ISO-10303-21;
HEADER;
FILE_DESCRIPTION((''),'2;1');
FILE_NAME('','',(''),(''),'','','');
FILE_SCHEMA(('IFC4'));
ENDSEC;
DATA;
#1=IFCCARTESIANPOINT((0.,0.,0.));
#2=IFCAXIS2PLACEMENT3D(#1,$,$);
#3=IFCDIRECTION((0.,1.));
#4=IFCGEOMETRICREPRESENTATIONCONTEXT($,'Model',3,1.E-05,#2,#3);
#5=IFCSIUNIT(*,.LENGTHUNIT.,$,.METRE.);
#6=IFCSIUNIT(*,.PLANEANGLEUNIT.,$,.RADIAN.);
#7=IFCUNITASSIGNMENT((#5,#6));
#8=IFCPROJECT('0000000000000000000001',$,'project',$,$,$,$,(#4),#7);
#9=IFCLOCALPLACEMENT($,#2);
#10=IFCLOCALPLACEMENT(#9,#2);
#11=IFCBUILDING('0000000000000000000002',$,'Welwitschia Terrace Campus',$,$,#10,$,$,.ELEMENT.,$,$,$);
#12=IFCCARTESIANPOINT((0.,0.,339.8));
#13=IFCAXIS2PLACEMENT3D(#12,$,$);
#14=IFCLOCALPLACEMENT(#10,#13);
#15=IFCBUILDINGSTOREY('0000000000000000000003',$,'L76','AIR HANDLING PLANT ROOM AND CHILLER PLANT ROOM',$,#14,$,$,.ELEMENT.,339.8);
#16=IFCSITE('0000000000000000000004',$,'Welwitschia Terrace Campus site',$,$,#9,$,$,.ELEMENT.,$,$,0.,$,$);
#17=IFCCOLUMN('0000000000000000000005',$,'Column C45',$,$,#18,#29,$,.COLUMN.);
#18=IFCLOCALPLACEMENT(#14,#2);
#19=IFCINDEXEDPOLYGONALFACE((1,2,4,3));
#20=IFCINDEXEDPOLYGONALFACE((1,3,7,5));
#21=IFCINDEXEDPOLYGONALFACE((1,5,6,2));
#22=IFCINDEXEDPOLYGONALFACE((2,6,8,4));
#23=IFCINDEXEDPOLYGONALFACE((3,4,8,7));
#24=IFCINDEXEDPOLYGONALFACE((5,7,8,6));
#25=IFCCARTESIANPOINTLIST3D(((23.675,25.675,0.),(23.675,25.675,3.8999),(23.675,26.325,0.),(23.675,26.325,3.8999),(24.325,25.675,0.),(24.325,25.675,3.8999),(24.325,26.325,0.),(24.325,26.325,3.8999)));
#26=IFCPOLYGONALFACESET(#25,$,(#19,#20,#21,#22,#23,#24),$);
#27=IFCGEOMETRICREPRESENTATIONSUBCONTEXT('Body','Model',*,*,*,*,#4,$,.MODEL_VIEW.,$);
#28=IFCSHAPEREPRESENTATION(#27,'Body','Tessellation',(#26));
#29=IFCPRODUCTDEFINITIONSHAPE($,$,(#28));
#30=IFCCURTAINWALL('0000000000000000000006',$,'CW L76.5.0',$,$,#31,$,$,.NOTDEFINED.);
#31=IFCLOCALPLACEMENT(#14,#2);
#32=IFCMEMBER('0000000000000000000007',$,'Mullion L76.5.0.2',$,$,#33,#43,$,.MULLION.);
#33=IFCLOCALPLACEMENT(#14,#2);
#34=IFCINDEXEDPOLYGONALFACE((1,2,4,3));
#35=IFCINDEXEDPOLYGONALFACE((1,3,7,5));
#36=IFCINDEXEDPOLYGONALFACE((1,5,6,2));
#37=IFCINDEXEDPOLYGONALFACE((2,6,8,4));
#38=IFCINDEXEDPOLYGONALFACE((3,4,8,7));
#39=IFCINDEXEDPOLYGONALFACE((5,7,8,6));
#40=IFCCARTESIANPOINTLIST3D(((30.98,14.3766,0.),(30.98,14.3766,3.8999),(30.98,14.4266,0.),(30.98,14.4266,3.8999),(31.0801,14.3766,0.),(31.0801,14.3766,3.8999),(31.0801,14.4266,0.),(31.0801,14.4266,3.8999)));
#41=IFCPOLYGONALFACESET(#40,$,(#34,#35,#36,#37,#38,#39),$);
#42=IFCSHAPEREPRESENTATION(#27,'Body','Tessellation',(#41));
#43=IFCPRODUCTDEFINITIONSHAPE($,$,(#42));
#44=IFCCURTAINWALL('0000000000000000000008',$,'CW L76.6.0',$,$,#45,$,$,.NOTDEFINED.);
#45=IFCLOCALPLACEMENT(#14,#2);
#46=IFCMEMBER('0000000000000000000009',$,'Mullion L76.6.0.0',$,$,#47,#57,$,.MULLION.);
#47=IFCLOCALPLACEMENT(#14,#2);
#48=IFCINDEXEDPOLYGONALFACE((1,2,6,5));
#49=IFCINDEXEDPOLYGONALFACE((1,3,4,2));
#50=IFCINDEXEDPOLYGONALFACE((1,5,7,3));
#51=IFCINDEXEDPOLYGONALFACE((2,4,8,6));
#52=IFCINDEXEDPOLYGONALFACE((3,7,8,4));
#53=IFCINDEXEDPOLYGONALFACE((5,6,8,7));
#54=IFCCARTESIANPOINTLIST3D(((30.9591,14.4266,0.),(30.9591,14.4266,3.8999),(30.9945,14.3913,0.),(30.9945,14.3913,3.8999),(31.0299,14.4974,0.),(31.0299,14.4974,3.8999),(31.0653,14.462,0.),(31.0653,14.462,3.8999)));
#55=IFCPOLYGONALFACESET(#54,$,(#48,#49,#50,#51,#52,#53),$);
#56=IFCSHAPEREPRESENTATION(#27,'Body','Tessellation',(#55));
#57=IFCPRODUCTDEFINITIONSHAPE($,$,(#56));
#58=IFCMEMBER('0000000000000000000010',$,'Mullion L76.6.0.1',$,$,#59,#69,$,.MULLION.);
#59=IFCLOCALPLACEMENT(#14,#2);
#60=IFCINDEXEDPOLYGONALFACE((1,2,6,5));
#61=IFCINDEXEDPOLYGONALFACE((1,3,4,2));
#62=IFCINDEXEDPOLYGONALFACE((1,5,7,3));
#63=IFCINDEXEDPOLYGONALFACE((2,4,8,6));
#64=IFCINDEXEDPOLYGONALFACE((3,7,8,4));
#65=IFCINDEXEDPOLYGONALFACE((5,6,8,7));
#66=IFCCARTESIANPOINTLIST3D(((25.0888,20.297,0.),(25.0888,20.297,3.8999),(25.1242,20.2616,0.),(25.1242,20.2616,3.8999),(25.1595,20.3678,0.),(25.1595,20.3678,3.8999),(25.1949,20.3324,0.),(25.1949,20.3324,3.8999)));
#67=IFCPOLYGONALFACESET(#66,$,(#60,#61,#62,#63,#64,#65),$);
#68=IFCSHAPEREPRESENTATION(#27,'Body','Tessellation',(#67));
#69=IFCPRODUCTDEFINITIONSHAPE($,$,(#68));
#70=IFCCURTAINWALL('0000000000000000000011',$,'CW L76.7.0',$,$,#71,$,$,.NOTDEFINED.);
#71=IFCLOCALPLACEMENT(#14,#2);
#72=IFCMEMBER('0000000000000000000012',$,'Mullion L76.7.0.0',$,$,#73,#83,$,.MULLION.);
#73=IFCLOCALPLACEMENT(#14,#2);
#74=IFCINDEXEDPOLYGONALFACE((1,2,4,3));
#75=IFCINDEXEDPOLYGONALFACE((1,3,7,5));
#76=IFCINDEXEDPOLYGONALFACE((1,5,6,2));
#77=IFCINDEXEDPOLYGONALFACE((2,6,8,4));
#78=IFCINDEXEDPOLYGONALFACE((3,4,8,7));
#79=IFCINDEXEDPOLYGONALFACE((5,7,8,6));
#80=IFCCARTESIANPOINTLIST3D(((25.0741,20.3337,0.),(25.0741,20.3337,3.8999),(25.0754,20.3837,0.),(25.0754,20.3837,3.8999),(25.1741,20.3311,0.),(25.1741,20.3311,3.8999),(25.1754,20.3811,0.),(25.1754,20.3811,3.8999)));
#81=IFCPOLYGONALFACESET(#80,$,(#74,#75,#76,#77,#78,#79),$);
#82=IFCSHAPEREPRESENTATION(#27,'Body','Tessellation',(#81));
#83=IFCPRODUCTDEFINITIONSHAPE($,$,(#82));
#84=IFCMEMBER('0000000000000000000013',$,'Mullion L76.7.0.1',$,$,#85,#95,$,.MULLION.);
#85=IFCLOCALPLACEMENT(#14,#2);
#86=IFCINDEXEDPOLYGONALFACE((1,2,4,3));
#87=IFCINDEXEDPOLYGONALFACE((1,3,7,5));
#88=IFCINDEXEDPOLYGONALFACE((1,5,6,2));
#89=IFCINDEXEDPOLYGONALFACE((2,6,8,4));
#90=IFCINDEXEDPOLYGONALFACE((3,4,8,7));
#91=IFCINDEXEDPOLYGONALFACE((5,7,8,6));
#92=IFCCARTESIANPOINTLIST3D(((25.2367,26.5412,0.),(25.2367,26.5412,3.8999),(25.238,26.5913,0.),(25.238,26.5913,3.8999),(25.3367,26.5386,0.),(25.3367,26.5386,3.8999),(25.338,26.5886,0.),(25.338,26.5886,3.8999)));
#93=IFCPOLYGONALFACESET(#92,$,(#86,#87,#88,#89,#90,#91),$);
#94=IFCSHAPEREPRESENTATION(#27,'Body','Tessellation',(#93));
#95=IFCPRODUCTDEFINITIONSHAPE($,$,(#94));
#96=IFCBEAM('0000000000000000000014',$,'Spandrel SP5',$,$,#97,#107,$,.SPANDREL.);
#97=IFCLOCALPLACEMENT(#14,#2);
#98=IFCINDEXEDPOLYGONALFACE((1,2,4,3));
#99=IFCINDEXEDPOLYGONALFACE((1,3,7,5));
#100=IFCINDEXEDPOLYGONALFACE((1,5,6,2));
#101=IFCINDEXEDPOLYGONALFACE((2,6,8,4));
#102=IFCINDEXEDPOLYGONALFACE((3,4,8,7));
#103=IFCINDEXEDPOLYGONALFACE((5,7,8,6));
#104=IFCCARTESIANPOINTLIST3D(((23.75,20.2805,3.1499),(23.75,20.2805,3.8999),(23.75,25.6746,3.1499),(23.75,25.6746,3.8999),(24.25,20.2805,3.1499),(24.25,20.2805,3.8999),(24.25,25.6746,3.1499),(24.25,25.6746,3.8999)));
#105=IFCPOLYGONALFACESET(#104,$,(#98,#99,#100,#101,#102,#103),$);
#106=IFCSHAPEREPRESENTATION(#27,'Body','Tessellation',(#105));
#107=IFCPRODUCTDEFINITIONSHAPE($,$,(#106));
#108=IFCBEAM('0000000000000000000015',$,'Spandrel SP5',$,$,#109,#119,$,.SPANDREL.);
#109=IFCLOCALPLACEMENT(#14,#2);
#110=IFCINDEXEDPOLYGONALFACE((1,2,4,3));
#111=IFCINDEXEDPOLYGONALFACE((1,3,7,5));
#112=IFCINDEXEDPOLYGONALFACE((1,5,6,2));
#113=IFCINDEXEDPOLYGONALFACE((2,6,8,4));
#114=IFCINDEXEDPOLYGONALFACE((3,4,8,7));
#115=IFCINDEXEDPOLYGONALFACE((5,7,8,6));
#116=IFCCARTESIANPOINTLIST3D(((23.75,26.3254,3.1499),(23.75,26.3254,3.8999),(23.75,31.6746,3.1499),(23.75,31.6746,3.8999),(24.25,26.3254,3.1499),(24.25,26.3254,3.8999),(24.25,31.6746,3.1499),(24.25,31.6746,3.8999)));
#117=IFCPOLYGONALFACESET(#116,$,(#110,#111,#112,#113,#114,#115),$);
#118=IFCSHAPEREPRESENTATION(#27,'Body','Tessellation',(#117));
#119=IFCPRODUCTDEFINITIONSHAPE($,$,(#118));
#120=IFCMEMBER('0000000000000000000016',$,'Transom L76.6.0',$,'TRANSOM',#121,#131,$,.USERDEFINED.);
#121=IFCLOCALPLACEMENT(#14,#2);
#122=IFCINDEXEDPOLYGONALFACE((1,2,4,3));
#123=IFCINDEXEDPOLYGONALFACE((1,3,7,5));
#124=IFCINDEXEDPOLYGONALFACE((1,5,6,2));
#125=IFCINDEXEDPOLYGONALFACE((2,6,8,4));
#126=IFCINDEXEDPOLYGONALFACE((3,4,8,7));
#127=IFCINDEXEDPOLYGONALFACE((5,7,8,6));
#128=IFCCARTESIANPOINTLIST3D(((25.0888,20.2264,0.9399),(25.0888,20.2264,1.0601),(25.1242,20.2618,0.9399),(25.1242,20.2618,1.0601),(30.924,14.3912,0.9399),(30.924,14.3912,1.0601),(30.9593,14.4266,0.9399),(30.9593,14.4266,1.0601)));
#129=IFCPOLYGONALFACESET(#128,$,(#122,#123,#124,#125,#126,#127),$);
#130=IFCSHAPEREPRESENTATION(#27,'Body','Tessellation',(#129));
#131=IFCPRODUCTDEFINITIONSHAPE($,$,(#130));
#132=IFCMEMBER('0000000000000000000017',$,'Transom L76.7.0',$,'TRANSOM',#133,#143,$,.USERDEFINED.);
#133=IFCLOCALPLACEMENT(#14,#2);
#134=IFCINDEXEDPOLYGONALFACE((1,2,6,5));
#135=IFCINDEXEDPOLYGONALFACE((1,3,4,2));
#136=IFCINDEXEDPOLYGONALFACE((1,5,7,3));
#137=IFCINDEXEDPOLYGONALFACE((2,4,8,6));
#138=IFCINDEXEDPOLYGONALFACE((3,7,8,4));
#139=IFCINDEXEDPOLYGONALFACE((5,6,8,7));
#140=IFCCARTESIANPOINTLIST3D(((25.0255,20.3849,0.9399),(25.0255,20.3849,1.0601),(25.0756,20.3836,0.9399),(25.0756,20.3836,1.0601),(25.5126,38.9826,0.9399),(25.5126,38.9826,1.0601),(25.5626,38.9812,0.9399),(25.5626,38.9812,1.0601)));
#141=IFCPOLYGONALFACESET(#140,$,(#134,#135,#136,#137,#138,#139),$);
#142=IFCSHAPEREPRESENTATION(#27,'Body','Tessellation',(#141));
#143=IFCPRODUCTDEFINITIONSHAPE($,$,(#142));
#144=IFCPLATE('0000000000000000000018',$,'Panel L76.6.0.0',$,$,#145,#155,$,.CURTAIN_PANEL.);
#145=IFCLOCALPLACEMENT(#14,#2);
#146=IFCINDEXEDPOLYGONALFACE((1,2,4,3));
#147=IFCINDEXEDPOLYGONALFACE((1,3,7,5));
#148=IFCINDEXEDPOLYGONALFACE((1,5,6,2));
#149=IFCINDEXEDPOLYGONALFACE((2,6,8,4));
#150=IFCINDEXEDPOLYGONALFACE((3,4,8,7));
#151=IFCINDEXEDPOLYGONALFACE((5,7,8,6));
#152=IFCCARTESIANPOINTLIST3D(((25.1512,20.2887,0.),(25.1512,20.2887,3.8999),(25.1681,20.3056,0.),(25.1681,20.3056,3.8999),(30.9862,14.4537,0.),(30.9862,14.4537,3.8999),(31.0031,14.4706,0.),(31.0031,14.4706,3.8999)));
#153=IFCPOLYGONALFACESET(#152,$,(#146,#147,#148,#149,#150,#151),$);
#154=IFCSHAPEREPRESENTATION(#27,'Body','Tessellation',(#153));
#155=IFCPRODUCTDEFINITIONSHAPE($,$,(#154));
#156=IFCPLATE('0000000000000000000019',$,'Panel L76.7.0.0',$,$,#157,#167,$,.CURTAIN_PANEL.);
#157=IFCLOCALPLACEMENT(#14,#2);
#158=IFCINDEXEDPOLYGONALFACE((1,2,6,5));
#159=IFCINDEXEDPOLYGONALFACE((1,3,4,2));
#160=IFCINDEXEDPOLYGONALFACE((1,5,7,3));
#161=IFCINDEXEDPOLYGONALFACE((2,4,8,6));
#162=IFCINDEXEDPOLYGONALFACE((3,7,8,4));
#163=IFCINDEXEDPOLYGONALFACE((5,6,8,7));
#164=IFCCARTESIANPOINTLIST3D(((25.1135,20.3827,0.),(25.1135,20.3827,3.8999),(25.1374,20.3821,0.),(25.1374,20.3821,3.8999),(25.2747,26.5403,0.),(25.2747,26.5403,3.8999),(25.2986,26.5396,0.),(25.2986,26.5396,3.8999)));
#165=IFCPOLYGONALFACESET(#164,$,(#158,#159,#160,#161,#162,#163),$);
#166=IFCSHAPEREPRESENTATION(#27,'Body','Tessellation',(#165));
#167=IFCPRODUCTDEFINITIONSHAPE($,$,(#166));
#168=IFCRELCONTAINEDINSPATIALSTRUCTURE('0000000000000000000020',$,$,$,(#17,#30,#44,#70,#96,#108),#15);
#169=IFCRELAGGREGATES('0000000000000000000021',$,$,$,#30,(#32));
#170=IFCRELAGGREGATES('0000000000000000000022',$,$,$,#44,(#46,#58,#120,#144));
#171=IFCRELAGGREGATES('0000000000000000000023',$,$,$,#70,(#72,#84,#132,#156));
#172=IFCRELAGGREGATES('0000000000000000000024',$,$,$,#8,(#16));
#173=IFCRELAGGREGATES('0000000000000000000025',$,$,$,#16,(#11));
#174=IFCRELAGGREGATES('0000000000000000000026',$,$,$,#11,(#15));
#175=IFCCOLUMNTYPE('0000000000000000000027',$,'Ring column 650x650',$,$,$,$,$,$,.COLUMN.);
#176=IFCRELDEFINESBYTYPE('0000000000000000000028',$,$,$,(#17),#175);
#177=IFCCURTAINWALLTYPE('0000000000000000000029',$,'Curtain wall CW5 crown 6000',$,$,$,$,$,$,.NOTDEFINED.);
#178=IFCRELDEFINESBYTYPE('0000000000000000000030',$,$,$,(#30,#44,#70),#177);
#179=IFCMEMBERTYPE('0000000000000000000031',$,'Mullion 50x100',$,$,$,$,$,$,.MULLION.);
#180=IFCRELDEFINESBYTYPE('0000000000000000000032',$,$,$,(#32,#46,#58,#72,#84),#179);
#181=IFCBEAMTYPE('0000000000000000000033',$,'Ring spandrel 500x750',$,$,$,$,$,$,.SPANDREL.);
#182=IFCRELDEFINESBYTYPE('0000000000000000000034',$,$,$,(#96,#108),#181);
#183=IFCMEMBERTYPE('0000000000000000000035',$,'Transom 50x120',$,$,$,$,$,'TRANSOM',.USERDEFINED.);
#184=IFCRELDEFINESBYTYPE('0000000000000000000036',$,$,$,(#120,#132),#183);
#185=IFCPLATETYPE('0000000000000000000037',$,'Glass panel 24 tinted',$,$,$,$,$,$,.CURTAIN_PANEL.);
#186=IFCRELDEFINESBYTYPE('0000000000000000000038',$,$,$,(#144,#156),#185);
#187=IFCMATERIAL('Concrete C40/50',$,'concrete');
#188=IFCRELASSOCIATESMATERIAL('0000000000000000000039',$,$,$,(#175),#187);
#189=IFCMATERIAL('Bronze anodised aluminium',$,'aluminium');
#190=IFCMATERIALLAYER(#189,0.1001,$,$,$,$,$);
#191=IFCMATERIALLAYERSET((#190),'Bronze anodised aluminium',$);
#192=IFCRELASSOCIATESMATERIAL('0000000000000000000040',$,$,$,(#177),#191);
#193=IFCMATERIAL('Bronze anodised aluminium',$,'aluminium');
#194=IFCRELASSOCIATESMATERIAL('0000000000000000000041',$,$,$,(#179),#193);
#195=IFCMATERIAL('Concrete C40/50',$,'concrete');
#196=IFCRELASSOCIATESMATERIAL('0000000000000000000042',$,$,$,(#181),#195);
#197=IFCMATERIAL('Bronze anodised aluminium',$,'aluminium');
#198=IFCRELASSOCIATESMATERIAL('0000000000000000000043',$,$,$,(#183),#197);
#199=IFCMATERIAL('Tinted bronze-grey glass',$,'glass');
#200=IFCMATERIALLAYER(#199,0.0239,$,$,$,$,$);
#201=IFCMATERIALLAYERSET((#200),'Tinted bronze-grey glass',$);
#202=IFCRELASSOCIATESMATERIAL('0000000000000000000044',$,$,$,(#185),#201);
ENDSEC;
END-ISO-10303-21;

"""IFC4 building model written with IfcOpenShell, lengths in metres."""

from ifc_helpers import new_model, si_unit, direction, frame, origin, origin_2d, place, context, subcontext, project, spatial, rectangle, extrude, material, layer, layer_set, material_profile, profile_set, type_object, element, aggregate, save


model = new_model("IFC4")

# Units and contexts
model_context = context("Model", 3, precision=1e-05, world=origin(), true_north=direction((0.0, 1.0)))
body_context = subcontext(model_context, "Body", "Model", "MODEL_VIEW")
ifc_project = project(units=[si_unit("LENGTHUNIT", "METRE"), si_unit("PLANEANGLEUNIT", "RADIAN")], contexts=[model_context])

# Site, building, storey
site_placement = place(None, origin())
site = spatial("IfcSite", under=ifc_project, at=site_placement, Name="Welwitschia Terrace Campus site", CompositionType="ELEMENT", RefElevation=0.0)
building_placement = place(site_placement, origin())
building = spatial("IfcBuilding", under=site, at=building_placement, Name="Welwitschia Terrace Campus", CompositionType="ELEMENT")
storey_placement = place(building_placement, frame((0.0, 0.0, 339.8)))
storey = spatial("IfcBuildingStorey", under=building, at=storey_placement, Name="L76", Description="AIR HANDLING PLANT ROOM AND CHILLER PLANT ROOM", CompositionType="ELEMENT", Elevation=339.8)

# Column
ifc_material_1 = material(Name="Concrete C40/50", Category="concrete")
ifc_material_profile_1 = material_profile(ifc_material_1, rectangle(XDim=0.6499, YDim=0.6499, at=origin_2d()))
ifc_profile_set_1 = profile_set([ifc_material_profile_1], Name="Concrete C40/50")
column_type = type_object("IfcColumnType", Name="Ring column 650x650", PredefinedType="COLUMN", material=ifc_profile_set_1)
column_placement = place(storey_placement, frame((24.0, 26.0, 0.0), z_axis=(0.0, 0.0, 1.0), x_axis=(1.0, 0.0, 0.0)))
element("IfcColumn", 1, at=column_placement, inside=storey, type_object=column_type, Name="Column C45", PredefinedType="COLUMN", context=body_context, shape_type="SweptSolid", body=[
    extrude(rectangle(XDim=0.6499, YDim=0.6499, at=origin_2d()), origin(), (0.0, 0.0, 1.0), 3.8999),
])

# Curtain wall, member
ifc_material_2 = material(Name="Bronze anodised aluminium", Category="aluminium")
ifc_layer_1 = layer(ifc_material_2, 0.1001)
ifc_layer_set_1 = layer_set([ifc_layer_1], Name="Bronze anodised aluminium")
curtain_wall_type = type_object("IfcCurtainWallType", Name="Curtain wall CW5 crown 6000", PredefinedType="NOTDEFINED", material=ifc_layer_set_1)
curtain_wall_1_placement = place(storey_placement, origin())
curtain_wall_1 = element("IfcCurtainWall", 2, at=curtain_wall_1_placement, inside=storey, type_object=curtain_wall_type, Name="CW L76.5.0", PredefinedType="NOTDEFINED")
ifc_material_3 = material(Name="Bronze anodised aluminium", Category="aluminium")
ifc_material_profile_2 = material_profile(ifc_material_3, rectangle(XDim=0.1001, YDim=0.05, at=origin_2d()))
ifc_profile_set_2 = profile_set([ifc_material_profile_2], Name="Bronze anodised aluminium")
member_type_1 = type_object("IfcMemberType", Name="Mullion 50x100", PredefinedType="MULLION", material=ifc_profile_set_2)
member_1_placement = place(storey_placement, frame((31.03, 14.4016, 0.0), z_axis=(0.0, 0.0, 1.0), x_axis=(-1.0, 0.0, 0.0)))
member_1 = element("IfcMember", 3, at=member_1_placement, type_object=member_type_1, Name="Mullion L76.5.0.2", PredefinedType="MULLION", context=body_context, shape_type="SweptSolid", body=[
    extrude(rectangle(XDim=0.1001, YDim=0.05, at=origin_2d()), origin(), (0.0, 0.0, 1.0), 3.8999),
])
aggregate(curtain_wall_1, [member_1])

# Curtain walls, members
curtain_wall_2_placement = place(storey_placement, origin())
curtain_wall_2 = element("IfcCurtainWall", 4, at=curtain_wall_2_placement, inside=storey, type_object=curtain_wall_type, Name="CW L76.6.0", PredefinedType="NOTDEFINED")
member_2_placement = place(storey_placement, frame((31.0122, 14.4443, 0.0), z_axis=(0.0, 0.0, 1.0), x_axis=(-0.707107, -0.707107, 0.0)))
member_2 = element("IfcMember", 5, at=member_2_placement, type_object=member_type_1, Name="Mullion L76.6.0.0", PredefinedType="MULLION", context=body_context, shape_type="SweptSolid", body=[
    extrude(rectangle(XDim=0.1001, YDim=0.05, at=origin_2d()), origin(), (0.0, 0.0, 1.0), 3.8999),
])
member_3_placement = place(storey_placement, frame((25.1418, 20.3147, 0.0), z_axis=(0.0, 0.0, 1.0), x_axis=(-0.707107, -0.707107, 0.0)))
member_3 = element("IfcMember", 6, at=member_3_placement, type_object=member_type_1, Name="Mullion L76.6.0.1", PredefinedType="MULLION", context=body_context, shape_type="SweptSolid", body=[
    extrude(rectangle(XDim=0.1001, YDim=0.05, at=origin_2d()), origin(), (0.0, 0.0, 1.0), 3.8999),
])
curtain_wall_3_placement = place(storey_placement, origin())
curtain_wall_3 = element("IfcCurtainWall", 7, at=curtain_wall_3_placement, inside=storey, type_object=curtain_wall_type, Name="CW L76.7.0", PredefinedType="NOTDEFINED")
member_4_placement = place(storey_placement, frame((25.1248, 20.3574, 0.0), z_axis=(0.0, 0.0, 1.0), x_axis=(-0.999657, 0.026177, 0.0)))
member_4 = element("IfcMember", 8, at=member_4_placement, type_object=member_type_1, Name="Mullion L76.7.0.0", PredefinedType="MULLION", context=body_context, shape_type="SweptSolid", body=[
    extrude(rectangle(XDim=0.1001, YDim=0.05, at=origin_2d()), origin(), (0.0, 0.0, 1.0), 3.8999),
])
member_5_placement = place(storey_placement, frame((25.2874, 26.5649, 0.0), z_axis=(0.0, 0.0, 1.0), x_axis=(-0.999657, 0.026177, 0.0)))
member_5 = element("IfcMember", 9, at=member_5_placement, type_object=member_type_1, Name="Mullion L76.7.0.1", PredefinedType="MULLION", context=body_context, shape_type="SweptSolid", body=[
    extrude(rectangle(XDim=0.1001, YDim=0.05, at=origin_2d()), origin(), (0.0, 0.0, 1.0), 3.8999),
])

# Beams
ifc_material_4 = material(Name="Concrete C40/50", Category="concrete")
ifc_material_profile_3 = material_profile(ifc_material_4, rectangle(XDim=0.5, YDim=0.75, at=origin_2d()))
ifc_profile_set_3 = profile_set([ifc_material_profile_3], Name="Concrete C40/50")
beam_type = type_object("IfcBeamType", Name="Ring spandrel 500x750", PredefinedType="SPANDREL", material=ifc_profile_set_3)
beam_1_placement = place(storey_placement, frame((24.0, 20.2805, 3.5249), z_axis=(0.0, 1.0, 0.0), x_axis=(-1.0, 0.0, 0.0)))
element("IfcBeam", 10, at=beam_1_placement, inside=storey, type_object=beam_type, Name="Spandrel SP5", PredefinedType="SPANDREL", context=body_context, shape_type="SweptSolid", body=[
    extrude(rectangle(XDim=0.5, YDim=0.75, at=origin_2d()), origin(), (0.0, 0.0, 1.0), 5.394),
])
beam_2_placement = place(storey_placement, frame((24.0, 26.3254, 3.5249), z_axis=(0.0, 1.0, 0.0), x_axis=(-1.0, 0.0, 0.0)))
element("IfcBeam", 11, at=beam_2_placement, inside=storey, type_object=beam_type, Name="Spandrel SP5", PredefinedType="SPANDREL", context=body_context, shape_type="SweptSolid", body=[
    extrude(rectangle(XDim=0.5, YDim=0.75, at=origin_2d()), origin(), (0.0, 0.0, 1.0), 5.3491),
])

# Members
ifc_material_5 = material(Name="Bronze anodised aluminium", Category="aluminium")
ifc_material_profile_4 = material_profile(ifc_material_5, rectangle(XDim=0.05, YDim=0.1201, at=origin_2d()))
ifc_profile_set_4 = profile_set([ifc_material_profile_4], Name="Bronze anodised aluminium")
member_type_2 = type_object("IfcMemberType", Name="Transom 50x120", ElementType="TRANSOM", PredefinedType="USERDEFINED", material=ifc_profile_set_4)
member_6_placement = place(storey_placement, frame((30.9417, 14.4089, 1.0), z_axis=(-0.707107, 0.707107, 0.0), x_axis=(-0.707107, -0.707107, 0.0)))
member_6 = element("IfcMember", 12, at=member_6_placement, type_object=member_type_2, Name="Transom L76.6.0", ObjectType="TRANSOM", PredefinedType="USERDEFINED", context=body_context, shape_type="SweptSolid", body=[
    extrude(rectangle(XDim=0.05, YDim=0.1201, at=origin_2d()), origin(), (0.0, 0.0, 1.0), 8.2522),
])
member_7_placement = place(storey_placement, frame((25.0505, 20.3843, 1.0), z_axis=(0.02618, 0.999657, 0.0), x_axis=(-0.999657, 0.02618, 0.0)))
member_7 = element("IfcMember", 13, at=member_7_placement, type_object=member_type_2, Name="Transom L76.7.0", ObjectType="TRANSOM", PredefinedType="USERDEFINED", context=body_context, shape_type="SweptSolid", body=[
    extrude(rectangle(XDim=0.05, YDim=0.1201, at=origin_2d()), origin(), (0.0, 0.0, 1.0), 18.604),
])

# Plates
ifc_material_6 = material(Name="Tinted bronze-grey glass", Category="glass")
ifc_layer_2 = layer(ifc_material_6, 0.0239)
ifc_layer_set_2 = layer_set([ifc_layer_2], Name="Tinted bronze-grey glass")
plate_type = type_object("IfcPlateType", Name="Glass panel 24 tinted", PredefinedType="CURTAIN_PANEL", material=ifc_layer_set_2)
plate_1_placement = place(storey_placement, frame((28.0771, 17.3796, 0.0), z_axis=(0.0, 0.0, 1.0), x_axis=(-0.707107, 0.707107, 0.0)))
plate_1 = element("IfcPlate", 14, at=plate_1_placement, type_object=plate_type, Name="Panel L76.6.0.0", PredefinedType="CURTAIN_PANEL", context=body_context, shape_type="SweptSolid", body=[
    extrude(rectangle(XDim=8.252, YDim=0.0239, at=origin_2d()), origin(), (0.0, 0.0, 1.0), 3.8999),
])
aggregate(curtain_wall_2, [member_2, member_3, member_6, plate_1])
plate_2_placement = place(storey_placement, frame((25.2061, 23.4612, 0.0), z_axis=(0.0, 0.0, 1.0), x_axis=(0.026177, 0.999657, 0.0)))
plate_2 = element("IfcPlate", 15, at=plate_2_placement, type_object=plate_type, Name="Panel L76.7.0.0", PredefinedType="CURTAIN_PANEL", context=body_context, shape_type="SweptSolid", body=[
    extrude(rectangle(XDim=6.1597, YDim=0.0239, at=origin_2d()), origin(), (0.0, 0.0, 1.0), 3.8999),
])
aggregate(curtain_wall_3, [member_4, member_5, member_7, plate_2])

save(model, "model.ifc")
